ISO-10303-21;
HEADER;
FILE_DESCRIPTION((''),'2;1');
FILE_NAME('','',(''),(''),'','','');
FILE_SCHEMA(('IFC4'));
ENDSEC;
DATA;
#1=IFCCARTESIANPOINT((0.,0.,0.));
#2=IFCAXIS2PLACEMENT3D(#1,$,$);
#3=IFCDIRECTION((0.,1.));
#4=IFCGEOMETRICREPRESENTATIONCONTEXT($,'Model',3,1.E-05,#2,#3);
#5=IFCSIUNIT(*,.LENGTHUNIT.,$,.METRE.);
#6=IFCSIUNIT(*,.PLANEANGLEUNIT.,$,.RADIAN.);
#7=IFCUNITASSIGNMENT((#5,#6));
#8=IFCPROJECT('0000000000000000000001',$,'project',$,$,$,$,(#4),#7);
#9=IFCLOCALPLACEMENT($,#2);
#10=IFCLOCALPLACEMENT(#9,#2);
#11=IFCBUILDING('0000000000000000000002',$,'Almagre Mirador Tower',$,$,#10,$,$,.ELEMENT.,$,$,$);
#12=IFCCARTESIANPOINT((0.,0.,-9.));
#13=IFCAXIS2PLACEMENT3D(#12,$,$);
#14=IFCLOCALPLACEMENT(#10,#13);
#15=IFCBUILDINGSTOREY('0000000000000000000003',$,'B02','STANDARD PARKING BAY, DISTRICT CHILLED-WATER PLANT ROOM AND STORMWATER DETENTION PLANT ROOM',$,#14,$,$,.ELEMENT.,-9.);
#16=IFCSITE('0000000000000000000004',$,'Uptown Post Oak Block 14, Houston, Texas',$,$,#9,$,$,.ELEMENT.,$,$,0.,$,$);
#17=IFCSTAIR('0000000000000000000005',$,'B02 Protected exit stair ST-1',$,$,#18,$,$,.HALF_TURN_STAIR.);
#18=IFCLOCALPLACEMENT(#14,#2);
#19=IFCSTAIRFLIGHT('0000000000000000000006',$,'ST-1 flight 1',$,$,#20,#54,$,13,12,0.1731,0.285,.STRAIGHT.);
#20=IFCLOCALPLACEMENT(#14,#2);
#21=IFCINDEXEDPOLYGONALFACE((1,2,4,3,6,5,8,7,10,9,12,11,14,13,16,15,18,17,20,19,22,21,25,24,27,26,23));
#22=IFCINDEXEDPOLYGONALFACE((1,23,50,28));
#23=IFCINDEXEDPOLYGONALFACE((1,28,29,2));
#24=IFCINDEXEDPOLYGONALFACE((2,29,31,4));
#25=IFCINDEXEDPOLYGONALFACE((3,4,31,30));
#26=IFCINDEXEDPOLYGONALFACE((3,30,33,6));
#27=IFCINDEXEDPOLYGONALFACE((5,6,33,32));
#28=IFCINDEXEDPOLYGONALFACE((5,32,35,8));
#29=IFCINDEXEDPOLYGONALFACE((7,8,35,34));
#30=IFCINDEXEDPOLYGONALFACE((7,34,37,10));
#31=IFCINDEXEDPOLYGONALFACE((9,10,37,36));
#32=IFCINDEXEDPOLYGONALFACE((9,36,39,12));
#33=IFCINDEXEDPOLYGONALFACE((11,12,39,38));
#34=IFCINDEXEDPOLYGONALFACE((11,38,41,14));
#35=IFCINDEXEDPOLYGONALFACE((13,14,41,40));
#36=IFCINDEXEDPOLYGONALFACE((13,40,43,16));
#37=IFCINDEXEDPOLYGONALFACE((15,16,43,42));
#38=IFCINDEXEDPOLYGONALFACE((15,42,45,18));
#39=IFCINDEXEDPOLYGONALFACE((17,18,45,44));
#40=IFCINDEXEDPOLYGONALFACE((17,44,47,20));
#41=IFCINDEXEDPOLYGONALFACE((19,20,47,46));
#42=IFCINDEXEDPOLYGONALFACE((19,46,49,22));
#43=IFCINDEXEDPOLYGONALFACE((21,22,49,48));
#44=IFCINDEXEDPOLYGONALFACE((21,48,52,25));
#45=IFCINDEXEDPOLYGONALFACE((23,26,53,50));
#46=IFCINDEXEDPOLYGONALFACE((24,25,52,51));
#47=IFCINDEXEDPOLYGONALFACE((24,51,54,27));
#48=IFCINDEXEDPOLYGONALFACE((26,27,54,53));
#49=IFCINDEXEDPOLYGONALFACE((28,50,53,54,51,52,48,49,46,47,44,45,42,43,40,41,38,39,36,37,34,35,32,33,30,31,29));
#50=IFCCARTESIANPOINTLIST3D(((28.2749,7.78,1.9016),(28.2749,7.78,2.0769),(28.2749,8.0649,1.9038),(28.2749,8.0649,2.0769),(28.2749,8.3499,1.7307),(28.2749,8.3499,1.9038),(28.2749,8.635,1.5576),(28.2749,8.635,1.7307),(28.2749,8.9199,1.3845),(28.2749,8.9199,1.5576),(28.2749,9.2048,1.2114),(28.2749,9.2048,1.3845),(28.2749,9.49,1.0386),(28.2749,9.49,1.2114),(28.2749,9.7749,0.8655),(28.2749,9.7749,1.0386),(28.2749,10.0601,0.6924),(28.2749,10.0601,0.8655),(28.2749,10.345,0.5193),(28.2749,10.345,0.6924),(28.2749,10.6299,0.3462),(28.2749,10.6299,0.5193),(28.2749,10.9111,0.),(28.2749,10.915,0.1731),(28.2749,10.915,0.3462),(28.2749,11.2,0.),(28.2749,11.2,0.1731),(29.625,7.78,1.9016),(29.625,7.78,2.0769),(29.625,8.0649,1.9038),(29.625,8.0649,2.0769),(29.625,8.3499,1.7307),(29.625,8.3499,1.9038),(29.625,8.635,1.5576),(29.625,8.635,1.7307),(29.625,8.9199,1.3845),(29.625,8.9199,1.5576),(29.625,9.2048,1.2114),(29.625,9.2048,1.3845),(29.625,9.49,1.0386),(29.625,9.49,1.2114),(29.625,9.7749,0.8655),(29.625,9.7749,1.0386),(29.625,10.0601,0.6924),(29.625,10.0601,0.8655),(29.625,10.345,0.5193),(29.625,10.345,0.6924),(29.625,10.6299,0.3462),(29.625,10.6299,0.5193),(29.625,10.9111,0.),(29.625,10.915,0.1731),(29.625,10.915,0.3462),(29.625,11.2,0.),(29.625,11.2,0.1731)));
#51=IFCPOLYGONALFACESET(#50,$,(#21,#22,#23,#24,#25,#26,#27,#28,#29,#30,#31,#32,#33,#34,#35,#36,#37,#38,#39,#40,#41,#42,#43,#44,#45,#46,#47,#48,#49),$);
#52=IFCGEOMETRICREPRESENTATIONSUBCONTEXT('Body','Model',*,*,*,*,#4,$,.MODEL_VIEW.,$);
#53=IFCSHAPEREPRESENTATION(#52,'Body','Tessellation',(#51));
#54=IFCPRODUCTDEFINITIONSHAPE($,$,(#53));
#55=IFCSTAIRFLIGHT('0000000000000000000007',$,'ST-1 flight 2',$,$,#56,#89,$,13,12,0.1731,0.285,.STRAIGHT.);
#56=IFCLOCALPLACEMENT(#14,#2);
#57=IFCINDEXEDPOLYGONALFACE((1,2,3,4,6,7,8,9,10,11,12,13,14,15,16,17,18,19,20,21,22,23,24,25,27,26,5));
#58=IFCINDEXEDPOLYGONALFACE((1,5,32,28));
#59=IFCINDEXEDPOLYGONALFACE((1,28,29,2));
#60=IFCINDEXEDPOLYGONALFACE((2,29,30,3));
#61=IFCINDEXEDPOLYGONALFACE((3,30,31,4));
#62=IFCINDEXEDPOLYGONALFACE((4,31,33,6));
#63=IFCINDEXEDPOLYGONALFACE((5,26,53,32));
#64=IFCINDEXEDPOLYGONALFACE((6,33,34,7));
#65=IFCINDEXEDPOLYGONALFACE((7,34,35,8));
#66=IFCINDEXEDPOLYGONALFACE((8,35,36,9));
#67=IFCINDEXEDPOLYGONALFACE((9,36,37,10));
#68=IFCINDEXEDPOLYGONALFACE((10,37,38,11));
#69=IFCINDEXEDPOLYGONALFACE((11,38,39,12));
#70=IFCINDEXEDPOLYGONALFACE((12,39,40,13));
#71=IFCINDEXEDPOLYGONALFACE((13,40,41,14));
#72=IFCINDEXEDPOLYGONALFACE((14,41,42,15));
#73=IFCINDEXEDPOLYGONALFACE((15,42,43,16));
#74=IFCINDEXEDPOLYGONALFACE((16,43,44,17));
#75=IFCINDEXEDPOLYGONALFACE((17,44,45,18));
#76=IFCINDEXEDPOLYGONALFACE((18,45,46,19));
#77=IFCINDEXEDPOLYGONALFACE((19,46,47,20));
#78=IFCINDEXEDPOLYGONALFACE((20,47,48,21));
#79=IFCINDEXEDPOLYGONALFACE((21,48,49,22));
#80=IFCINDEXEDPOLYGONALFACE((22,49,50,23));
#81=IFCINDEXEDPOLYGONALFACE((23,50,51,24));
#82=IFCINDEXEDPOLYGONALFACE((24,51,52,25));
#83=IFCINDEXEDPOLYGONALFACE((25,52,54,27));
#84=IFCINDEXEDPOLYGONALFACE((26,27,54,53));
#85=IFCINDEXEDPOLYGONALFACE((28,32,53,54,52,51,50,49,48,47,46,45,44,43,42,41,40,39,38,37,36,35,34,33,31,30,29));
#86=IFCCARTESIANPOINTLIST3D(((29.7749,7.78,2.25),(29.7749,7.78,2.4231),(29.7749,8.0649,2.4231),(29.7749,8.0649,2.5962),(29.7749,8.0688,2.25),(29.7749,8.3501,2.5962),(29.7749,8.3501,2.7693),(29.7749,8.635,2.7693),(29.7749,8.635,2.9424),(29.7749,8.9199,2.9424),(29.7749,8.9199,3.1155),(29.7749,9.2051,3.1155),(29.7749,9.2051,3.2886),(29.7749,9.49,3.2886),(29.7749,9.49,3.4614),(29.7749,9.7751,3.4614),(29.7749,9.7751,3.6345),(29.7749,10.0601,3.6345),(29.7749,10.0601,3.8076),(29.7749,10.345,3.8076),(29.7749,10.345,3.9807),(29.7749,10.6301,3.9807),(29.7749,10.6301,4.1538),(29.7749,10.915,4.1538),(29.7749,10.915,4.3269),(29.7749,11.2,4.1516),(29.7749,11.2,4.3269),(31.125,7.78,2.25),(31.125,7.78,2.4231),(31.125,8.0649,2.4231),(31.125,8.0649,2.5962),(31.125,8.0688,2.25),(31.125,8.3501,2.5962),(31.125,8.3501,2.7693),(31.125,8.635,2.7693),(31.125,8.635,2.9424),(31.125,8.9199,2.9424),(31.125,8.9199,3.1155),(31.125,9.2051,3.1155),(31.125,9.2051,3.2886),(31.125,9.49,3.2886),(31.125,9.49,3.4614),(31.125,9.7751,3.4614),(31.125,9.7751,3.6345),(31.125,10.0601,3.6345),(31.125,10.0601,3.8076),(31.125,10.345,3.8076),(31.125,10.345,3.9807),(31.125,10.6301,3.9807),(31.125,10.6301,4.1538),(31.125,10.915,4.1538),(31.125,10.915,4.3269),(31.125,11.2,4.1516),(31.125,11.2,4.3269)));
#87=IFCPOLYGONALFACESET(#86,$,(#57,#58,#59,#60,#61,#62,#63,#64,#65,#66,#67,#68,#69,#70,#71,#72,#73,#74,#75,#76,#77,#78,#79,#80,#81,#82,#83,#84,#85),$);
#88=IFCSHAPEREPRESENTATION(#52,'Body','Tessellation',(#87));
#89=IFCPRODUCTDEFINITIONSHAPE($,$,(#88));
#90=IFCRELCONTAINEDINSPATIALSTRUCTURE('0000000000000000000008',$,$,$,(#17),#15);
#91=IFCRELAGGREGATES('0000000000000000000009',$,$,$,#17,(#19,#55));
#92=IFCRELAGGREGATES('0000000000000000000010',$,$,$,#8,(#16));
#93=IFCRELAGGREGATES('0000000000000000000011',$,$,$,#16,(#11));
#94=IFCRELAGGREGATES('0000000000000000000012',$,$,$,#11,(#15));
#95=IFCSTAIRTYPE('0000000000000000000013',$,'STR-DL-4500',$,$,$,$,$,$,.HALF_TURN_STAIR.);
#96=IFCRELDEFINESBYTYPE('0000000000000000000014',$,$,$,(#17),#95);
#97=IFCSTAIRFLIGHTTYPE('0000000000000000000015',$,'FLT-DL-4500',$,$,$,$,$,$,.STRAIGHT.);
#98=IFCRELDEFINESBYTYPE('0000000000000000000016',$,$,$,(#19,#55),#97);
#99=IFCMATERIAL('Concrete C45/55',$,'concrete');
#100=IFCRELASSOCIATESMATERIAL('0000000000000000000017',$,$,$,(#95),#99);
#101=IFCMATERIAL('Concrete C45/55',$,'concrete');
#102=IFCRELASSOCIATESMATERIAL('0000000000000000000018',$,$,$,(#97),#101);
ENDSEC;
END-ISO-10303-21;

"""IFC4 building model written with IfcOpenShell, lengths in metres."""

from ifc_helpers import new_model, si_unit, direction, frame, origin, place, context, subcontext, project, spatial, polyline, outline, extrude, material, type_object, element, aggregate, save


model = new_model("IFC4")

# Units and contexts
model_context = context("Model", 3, precision=1e-05, world=origin(), true_north=direction((0.0, 1.0)))
body_context = subcontext(model_context, "Body", "Model", "MODEL_VIEW")
ifc_project = project(units=[si_unit("LENGTHUNIT", "METRE"), si_unit("PLANEANGLEUNIT", "RADIAN")], contexts=[model_context])

# Site, building, storey
site_placement = place(None, origin())
site = spatial("IfcSite", under=ifc_project, at=site_placement, Name="Uptown Post Oak Block 14, Houston, Texas", CompositionType="ELEMENT", RefElevation=0.0)
building_placement = place(site_placement, origin())
building = spatial("IfcBuilding", under=site, at=building_placement, Name="Almagre Mirador Tower", CompositionType="ELEMENT")
storey_placement = place(building_placement, frame((0.0, 0.0, -9.0)))
storey = spatial("IfcBuildingStorey", under=building, at=storey_placement, Name="B02", Description="STANDARD PARKING BAY, DISTRICT CHILLED-WATER PLANT ROOM AND STORMWATER DETENTION PLANT ROOM", CompositionType="ELEMENT", Elevation=-9.0)

# Stair, stair flights
ifc_material_1 = material(Name="Concrete C45/55", Category="concrete")
stair_type = type_object("IfcStairType", Name="STR-DL-4500", PredefinedType="HALF_TURN_STAIR", material=ifc_material_1)
stair_placement = place(storey_placement, origin())
stair = element("IfcStair", 1, at=stair_placement, inside=storey, type_object=stair_type, Name="B02 Protected exit stair ST-1", PredefinedType="HALF_TURN_STAIR")
ifc_material_2 = material(Name="Concrete C45/55", Category="concrete")
stair_flight_type = type_object("IfcStairFlightType", Name="FLT-DL-4500", PredefinedType="STRAIGHT", material=ifc_material_2)
stair_flight_1_placement = place(storey_placement, frame((28.95, 11.2, 0.0), z_axis=(0.0, 0.0, 1.0), x_axis=(0.0, -1.0, 0.0)))
stair_flight_1 = element("IfcStairFlight", 2, at=stair_flight_1_placement, type_object=stair_flight_type, Name="ST-1 flight 1", NumberOfRisers=13, NumberOfTreads=12, PredefinedType="STRAIGHT", RiserHeight=0.1731, TreadLength=0.285, context=body_context, shape_type="SweptSolid", body=[
    extrude(outline(polyline([(0.0, 0.0), (0.0, 0.1731), (0.2849, 0.1731), (0.2849, 0.3462), (0.5701, 0.3462), (0.5701, 0.5193), (0.855, 0.5193), (0.855, 0.6924), (1.1399, 0.6924), (1.1399, 0.8655), (1.425, 0.8655), (1.425, 1.0386), (1.71, 1.0386), (1.71, 1.2114), (1.9951, 1.2114), (1.9951, 1.3845), (2.28, 1.3845), (2.28, 1.5576), (2.5649, 1.5576), (2.5649, 1.7307), (2.8501, 1.7307), (2.8501, 1.9038), (3.135, 1.9038), (3.135, 2.0769), (3.4199, 2.0769), (3.4199, 2.25), (3.4199, 1.9016), (0.2888, 0.0), (0.0, 0.0)])), frame((0.0, 0.675, 0.0), z_axis=(0.0, -1.0, 0.0), x_axis=(1.0, 0.0, 0.0)), (0.0, 0.0, 1.0), 1.3501),
])
stair_flight_2_placement = place(storey_placement, frame((30.45, 7.78, 2.25), z_axis=(0.0, 0.0, 1.0), x_axis=(0.0, 1.0, 0.0)))
stair_flight_2 = element("IfcStairFlight", 3, at=stair_flight_2_placement, type_object=stair_flight_type, Name="ST-1 flight 2", NumberOfRisers=13, NumberOfTreads=12, PredefinedType="STRAIGHT", RiserHeight=0.1731, TreadLength=0.285, context=body_context, shape_type="SweptSolid", body=[
    extrude(outline(polyline([(0.0, 0.0), (0.0, 0.1731), (0.2849, 0.1731), (0.2849, 0.3462), (0.5701, 0.3462), (0.5701, 0.5193), (0.855, 0.5193), (0.855, 0.6924), (1.1399, 0.6924), (1.1399, 0.8655), (1.425, 0.8655), (1.425, 1.0386), (1.71, 1.0386), (1.71, 1.2114), (1.9951, 1.2114), (1.9951, 1.3845), (2.28, 1.3845), (2.28, 1.5576), (2.5649, 1.5576), (2.5649, 1.7307), (2.8501, 1.7307), (2.8501, 1.9038), (3.135, 1.9038), (3.135, 2.0769), (3.4199, 2.0769), (3.4199, 2.25), (3.4199, 1.9016), (0.2888, 0.0), (0.0, 0.0)])), frame((0.0, 0.675, 0.0), z_axis=(0.0, -1.0, 0.0), x_axis=(1.0, 0.0, 0.0)), (0.0, 0.0, 1.0), 1.3501),
])
aggregate(stair, [stair_flight_1, stair_flight_2])

save(model, "model.ifc")
